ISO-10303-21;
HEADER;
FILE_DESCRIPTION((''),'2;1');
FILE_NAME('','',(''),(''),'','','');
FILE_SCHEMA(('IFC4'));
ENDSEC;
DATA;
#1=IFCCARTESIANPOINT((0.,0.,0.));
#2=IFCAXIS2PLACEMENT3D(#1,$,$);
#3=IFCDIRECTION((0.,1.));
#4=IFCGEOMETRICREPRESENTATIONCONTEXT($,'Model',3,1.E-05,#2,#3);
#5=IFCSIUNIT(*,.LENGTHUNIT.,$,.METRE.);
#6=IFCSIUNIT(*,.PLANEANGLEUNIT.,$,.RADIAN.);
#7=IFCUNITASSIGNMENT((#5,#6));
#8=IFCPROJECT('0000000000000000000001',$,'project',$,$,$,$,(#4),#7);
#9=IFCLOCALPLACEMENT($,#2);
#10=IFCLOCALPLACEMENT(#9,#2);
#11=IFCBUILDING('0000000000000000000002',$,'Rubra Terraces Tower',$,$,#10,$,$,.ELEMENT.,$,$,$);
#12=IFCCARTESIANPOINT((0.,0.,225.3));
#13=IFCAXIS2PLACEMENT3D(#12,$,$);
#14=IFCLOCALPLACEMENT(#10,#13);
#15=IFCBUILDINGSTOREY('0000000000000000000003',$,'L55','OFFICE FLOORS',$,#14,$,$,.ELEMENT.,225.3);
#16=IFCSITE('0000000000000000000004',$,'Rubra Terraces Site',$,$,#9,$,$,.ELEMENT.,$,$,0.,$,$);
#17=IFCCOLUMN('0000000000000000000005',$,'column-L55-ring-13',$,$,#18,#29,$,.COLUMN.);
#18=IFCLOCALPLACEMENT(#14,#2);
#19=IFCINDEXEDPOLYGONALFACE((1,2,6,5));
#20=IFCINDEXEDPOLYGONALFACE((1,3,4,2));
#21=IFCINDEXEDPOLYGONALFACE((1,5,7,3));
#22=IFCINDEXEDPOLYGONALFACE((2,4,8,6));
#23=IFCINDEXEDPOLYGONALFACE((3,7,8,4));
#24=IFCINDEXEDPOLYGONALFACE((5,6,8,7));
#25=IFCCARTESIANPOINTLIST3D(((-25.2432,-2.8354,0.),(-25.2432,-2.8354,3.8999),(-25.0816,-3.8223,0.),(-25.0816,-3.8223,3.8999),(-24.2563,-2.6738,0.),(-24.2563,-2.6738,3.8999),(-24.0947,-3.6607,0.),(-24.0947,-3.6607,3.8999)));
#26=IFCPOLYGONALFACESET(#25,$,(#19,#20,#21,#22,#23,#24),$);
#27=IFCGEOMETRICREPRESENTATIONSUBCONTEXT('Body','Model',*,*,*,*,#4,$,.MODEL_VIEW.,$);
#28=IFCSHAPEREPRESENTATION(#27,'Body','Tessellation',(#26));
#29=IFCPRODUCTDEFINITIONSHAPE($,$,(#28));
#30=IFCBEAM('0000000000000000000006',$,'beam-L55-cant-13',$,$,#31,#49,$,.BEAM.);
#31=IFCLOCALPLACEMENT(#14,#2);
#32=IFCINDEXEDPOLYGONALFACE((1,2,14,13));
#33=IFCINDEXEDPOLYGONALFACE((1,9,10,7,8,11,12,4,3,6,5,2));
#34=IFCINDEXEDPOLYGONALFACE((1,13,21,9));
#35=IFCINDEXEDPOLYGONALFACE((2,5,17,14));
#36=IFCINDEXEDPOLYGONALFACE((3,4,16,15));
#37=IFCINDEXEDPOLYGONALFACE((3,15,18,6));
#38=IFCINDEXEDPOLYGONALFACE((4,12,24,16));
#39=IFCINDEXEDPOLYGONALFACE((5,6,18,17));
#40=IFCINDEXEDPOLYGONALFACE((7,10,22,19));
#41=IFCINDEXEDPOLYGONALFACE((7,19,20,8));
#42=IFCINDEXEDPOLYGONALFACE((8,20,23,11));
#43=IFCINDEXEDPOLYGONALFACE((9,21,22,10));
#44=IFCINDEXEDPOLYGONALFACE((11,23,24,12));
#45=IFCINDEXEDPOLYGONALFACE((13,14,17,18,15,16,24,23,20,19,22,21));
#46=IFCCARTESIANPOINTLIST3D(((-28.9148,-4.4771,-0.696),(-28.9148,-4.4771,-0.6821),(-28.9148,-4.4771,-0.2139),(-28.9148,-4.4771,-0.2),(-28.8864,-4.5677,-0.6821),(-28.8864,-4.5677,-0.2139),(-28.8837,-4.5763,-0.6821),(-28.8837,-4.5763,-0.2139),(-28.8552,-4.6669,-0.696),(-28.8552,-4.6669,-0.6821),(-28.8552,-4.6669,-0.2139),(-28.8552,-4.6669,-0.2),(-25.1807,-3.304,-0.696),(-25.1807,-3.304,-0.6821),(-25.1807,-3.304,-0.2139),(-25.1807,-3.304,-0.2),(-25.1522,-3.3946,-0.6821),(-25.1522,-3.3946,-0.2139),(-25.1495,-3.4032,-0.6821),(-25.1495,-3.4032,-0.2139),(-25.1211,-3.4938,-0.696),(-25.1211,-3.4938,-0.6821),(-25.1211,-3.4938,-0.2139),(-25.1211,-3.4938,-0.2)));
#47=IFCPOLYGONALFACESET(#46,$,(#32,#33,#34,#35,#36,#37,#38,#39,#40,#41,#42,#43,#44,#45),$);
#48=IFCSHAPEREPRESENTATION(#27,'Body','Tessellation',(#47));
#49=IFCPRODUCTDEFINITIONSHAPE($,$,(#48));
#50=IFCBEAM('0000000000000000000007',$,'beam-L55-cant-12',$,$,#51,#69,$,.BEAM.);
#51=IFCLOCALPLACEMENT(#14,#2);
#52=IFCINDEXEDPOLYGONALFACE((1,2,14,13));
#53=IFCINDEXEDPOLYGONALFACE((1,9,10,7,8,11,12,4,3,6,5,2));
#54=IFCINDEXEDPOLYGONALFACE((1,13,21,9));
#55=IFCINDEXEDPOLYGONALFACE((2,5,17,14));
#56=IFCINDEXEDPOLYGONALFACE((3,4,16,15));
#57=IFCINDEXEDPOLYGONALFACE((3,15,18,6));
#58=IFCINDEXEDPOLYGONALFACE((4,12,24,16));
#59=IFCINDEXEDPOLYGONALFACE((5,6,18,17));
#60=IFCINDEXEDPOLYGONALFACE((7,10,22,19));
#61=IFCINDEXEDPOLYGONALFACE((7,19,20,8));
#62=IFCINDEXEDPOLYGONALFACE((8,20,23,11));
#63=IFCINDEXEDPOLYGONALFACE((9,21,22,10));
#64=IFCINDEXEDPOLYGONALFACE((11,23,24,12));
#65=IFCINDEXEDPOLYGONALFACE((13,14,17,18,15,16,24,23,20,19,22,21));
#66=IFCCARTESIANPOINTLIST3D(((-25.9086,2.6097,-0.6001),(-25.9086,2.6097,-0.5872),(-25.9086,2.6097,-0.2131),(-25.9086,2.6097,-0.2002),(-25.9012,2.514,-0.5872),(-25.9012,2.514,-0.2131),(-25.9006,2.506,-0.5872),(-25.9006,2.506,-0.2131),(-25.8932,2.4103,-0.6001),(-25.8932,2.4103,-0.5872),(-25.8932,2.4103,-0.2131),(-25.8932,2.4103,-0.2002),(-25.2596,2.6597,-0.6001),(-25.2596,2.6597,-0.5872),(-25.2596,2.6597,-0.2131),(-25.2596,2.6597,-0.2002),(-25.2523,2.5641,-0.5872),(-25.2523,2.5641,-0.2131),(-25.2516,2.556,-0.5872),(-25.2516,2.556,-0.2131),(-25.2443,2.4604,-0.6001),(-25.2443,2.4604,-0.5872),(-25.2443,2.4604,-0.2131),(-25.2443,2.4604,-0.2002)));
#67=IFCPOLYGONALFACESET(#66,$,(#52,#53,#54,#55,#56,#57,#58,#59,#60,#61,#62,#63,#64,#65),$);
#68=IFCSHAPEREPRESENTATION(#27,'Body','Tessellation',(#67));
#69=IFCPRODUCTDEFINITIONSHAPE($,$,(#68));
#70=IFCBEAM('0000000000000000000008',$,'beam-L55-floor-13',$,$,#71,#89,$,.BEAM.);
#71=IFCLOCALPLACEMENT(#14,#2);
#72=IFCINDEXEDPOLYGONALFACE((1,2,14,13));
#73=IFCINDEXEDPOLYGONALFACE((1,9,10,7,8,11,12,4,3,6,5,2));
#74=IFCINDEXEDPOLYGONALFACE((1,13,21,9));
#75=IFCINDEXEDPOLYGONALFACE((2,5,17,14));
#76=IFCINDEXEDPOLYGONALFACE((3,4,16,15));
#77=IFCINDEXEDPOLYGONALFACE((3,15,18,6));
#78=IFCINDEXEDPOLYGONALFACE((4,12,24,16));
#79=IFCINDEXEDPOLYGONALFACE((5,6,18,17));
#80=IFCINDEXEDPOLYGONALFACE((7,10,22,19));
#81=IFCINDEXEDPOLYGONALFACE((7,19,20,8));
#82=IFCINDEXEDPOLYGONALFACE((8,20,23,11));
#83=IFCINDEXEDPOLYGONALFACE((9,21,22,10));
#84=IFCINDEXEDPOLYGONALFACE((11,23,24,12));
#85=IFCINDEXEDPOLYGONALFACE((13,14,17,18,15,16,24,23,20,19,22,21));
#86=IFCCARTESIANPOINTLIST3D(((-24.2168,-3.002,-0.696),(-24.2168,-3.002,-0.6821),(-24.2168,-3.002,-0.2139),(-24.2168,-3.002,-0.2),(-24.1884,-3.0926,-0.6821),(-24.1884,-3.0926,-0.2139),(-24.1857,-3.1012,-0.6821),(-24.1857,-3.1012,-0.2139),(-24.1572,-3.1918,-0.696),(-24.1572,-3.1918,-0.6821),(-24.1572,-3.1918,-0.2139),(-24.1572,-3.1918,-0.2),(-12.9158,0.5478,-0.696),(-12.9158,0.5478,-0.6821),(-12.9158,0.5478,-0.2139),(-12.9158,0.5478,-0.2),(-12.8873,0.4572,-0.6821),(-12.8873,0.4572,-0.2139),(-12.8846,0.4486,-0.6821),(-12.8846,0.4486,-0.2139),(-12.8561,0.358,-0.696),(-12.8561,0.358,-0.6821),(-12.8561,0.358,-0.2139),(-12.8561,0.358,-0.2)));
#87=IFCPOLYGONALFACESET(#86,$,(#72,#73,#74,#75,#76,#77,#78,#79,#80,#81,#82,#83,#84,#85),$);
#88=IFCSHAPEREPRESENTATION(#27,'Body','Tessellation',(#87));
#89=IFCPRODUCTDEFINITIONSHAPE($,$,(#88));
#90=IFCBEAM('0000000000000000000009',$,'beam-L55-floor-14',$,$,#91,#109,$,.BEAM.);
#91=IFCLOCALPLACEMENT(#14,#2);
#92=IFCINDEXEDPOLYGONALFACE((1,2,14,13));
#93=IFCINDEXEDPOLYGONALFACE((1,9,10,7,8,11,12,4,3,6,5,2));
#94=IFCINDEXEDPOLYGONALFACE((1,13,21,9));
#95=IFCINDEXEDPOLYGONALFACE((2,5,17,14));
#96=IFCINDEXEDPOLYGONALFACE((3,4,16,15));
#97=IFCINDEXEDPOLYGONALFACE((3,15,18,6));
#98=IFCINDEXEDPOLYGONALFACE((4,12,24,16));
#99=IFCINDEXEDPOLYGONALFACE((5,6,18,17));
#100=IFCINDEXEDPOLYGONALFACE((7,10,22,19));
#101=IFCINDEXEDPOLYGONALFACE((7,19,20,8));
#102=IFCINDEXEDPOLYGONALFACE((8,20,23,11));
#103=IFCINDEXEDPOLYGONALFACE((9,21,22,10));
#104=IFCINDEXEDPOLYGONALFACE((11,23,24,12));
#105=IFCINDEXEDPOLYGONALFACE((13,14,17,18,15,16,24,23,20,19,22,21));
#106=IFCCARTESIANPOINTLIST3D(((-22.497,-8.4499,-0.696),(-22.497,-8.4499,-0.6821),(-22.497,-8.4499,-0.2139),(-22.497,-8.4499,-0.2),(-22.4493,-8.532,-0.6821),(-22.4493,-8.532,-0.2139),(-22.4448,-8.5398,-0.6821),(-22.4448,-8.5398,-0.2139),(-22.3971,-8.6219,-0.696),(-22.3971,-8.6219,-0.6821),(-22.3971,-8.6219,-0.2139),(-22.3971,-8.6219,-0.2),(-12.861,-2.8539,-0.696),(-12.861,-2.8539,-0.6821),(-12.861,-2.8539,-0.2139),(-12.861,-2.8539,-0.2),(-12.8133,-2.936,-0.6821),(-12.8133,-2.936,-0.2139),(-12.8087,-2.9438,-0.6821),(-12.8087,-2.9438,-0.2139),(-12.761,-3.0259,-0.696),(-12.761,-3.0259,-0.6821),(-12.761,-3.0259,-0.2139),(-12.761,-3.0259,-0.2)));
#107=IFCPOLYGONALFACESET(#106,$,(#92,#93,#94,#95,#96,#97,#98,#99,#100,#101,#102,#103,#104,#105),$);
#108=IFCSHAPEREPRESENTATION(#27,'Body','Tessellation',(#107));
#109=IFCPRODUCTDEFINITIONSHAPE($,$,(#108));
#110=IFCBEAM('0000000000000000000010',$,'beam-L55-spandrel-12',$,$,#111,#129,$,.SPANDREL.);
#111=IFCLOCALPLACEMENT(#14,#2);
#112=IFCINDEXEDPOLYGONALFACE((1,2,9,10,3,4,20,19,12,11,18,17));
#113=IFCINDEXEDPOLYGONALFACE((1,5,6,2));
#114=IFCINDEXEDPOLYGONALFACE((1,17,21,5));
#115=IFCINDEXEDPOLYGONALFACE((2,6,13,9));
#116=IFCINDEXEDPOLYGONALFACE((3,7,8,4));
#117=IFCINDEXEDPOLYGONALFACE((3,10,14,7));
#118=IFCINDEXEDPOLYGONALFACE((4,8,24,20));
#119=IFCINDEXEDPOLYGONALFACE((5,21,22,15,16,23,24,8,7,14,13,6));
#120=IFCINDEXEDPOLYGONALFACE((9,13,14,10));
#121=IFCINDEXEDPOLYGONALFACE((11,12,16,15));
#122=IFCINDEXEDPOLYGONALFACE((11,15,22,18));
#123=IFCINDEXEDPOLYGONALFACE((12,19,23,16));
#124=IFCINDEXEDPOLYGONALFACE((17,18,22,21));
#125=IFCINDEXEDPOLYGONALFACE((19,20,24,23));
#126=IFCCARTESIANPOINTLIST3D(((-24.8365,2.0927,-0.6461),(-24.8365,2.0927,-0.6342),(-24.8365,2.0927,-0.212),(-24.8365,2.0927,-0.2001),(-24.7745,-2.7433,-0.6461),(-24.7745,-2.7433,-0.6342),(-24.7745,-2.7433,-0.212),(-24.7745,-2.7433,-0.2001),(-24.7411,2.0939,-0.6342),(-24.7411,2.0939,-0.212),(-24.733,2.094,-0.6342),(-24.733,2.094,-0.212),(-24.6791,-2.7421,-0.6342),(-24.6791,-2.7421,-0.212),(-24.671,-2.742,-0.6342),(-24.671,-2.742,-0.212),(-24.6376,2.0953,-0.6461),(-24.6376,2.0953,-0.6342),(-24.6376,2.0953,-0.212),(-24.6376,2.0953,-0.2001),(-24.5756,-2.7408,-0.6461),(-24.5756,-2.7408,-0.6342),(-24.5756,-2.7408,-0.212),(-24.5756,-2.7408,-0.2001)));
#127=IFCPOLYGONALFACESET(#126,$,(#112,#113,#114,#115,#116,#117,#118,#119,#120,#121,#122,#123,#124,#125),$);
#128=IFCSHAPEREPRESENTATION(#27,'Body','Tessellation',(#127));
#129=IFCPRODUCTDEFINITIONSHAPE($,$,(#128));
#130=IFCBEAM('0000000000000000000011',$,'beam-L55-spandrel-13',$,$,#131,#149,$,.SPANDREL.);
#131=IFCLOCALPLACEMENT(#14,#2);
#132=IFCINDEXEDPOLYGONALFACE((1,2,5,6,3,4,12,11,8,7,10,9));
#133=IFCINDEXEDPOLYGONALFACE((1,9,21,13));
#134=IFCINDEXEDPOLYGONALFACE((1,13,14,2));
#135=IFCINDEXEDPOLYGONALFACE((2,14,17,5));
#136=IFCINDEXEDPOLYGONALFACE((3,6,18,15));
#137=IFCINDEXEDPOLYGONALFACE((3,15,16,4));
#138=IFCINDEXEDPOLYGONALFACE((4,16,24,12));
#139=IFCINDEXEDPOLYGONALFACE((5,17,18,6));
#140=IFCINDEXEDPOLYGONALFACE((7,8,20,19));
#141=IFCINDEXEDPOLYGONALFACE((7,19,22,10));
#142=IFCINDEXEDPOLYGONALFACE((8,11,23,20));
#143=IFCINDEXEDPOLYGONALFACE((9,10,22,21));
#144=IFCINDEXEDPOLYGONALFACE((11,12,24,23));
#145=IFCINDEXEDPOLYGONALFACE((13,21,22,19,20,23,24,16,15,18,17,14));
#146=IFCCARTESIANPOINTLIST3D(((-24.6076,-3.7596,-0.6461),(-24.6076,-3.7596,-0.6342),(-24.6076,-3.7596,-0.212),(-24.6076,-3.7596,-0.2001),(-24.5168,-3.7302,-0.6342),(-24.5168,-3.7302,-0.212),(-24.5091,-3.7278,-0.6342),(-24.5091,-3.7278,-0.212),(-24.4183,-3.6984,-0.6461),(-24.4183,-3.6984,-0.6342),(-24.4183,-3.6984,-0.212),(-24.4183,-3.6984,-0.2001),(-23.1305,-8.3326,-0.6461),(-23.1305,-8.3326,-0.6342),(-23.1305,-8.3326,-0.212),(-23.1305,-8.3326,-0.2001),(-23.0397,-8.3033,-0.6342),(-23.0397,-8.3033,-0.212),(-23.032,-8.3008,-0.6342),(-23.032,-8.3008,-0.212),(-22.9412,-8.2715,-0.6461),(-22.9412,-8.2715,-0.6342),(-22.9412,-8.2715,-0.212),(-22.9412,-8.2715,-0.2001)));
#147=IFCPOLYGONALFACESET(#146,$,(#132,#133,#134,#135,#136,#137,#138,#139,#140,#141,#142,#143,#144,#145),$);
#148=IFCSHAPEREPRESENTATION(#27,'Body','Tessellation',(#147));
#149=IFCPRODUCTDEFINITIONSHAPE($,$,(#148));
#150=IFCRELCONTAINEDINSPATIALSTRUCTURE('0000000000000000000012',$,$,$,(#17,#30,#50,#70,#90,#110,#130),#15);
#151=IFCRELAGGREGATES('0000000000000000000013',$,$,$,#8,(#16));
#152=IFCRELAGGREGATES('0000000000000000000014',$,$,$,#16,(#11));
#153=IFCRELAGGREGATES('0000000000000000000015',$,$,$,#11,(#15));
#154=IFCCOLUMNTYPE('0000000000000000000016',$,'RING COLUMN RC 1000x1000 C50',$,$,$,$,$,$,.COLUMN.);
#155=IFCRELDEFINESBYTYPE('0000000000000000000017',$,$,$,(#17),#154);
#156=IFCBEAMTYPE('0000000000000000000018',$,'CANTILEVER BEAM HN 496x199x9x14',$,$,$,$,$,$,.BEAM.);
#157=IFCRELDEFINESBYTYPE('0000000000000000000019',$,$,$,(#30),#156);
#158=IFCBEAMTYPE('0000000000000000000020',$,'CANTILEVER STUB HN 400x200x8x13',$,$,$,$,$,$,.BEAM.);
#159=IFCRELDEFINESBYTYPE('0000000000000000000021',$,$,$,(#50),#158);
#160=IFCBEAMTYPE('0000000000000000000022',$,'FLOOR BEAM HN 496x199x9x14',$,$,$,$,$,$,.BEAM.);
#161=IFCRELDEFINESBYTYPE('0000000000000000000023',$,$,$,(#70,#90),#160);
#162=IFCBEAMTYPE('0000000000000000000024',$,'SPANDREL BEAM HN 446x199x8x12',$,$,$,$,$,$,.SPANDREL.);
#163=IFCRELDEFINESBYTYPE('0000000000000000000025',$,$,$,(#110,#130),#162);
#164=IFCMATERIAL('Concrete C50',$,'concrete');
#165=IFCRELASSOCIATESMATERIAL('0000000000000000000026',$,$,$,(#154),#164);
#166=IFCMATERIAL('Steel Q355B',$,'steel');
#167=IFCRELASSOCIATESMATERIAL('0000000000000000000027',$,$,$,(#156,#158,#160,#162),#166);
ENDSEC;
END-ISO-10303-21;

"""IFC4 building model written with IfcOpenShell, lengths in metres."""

from ifc_helpers import new_model, si_unit, direction, frame, origin, origin_2d, place, context, subcontext, project, spatial, rectangle, i_section, extrude, material, material_profile, profile_set, type_object, element, save


model = new_model("IFC4")

# Units and contexts
model_context = context("Model", 3, precision=1e-05, world=origin(), true_north=direction((0.0, 1.0)))
body_context = subcontext(model_context, "Body", "Model", "MODEL_VIEW")
ifc_project = project(units=[si_unit("LENGTHUNIT", "METRE"), si_unit("PLANEANGLEUNIT", "RADIAN")], contexts=[model_context])

# Site, building, storey
site_placement = place(None, origin())
site = spatial("IfcSite", under=ifc_project, at=site_placement, Name="Rubra Terraces Site", CompositionType="ELEMENT", RefElevation=0.0)
building_placement = place(site_placement, origin())
building = spatial("IfcBuilding", under=site, at=building_placement, Name="Rubra Terraces Tower", CompositionType="ELEMENT")
storey_placement = place(building_placement, frame((0.0, 0.0, 225.3)))
storey = spatial("IfcBuildingStorey", under=building, at=storey_placement, Name="L55", Description="OFFICE FLOORS", CompositionType="ELEMENT", Elevation=225.3)

# Column
ifc_material_1 = material(Name="Concrete C50", Category="concrete")
ifc_material_profile_1 = material_profile(ifc_material_1, rectangle(XDim=1.0, YDim=1.0, at=origin_2d()), Name="RC 1000x1000")
ifc_profile_set_1 = profile_set([ifc_material_profile_1], Name="Concrete C50")
column_type = type_object("IfcColumnType", Name="RING COLUMN RC 1000x1000 C50", PredefinedType="COLUMN", material=ifc_profile_set_1)
column_placement = place(storey_placement, frame((-24.6689, -3.248, 0.0), z_axis=(0.0, 0.0, 1.0), x_axis=(0.161559, -0.986863, 0.0)))
element("IfcColumn", 1, at=column_placement, inside=storey, type_object=column_type, Name="column-L55-ring-13", PredefinedType="COLUMN", context=body_context, shape_type="SweptSolid", body=[
    extrude(rectangle(XDim=1.0, YDim=1.0, at=origin_2d()), origin(), (0.0, 0.0, 1.0), 3.8999),
])

# Beams
ifc_material_2 = material(Name="Steel Q355B", Category="steel")
ifc_material_profile_2 = material_profile(ifc_material_2, i_section(OverallWidth=0.199, OverallDepth=0.4961, WebThickness=0.009, FlangeThickness=0.0139, at=origin_2d()), Name="HN 496x199x9x14")
ifc_profile_set_2 = profile_set([ifc_material_profile_2], Name="Steel Q355B")
beam_type_1 = type_object("IfcBeamType", Name="CANTILEVER BEAM HN 496x199x9x14", PredefinedType="BEAM", material=ifc_profile_set_2)
beam_1_placement = place(storey_placement, frame((-25.1509, -3.3989, -0.448), z_axis=(-0.954029, -0.299713, 0.0), x_axis=(0.299713, -0.954029, 0.0)))
element("IfcBeam", 2, at=beam_1_placement, inside=storey, type_object=beam_type_1, Name="beam-L55-cant-13", PredefinedType="BEAM", context=body_context, shape_type="SweptSolid", body=[
    extrude(i_section(OverallWidth=0.199, OverallDepth=0.4961, WebThickness=0.009, FlangeThickness=0.0139, at=origin_2d()), origin(), (0.0, 0.0, 1.0), 3.9141),
])
ifc_material_profile_3 = material_profile(ifc_material_2, i_section(OverallWidth=0.2, OverallDepth=0.3999, WebThickness=0.0081, FlangeThickness=0.0129, at=origin_2d()), Name="HN 400x200x8x13")
ifc_profile_set_3 = profile_set([ifc_material_profile_3], Name="Steel Q355B")
beam_type_2 = type_object("IfcBeamType", Name="CANTILEVER STUB HN 400x200x8x13", PredefinedType="BEAM", material=ifc_profile_set_3)
beam_2_placement = place(storey_placement, frame((-25.252, 2.5601, -0.4001), z_axis=(-0.997039, -0.076897, 0.0), x_axis=(0.076897, -0.997039, 0.0)))
element("IfcBeam", 3, at=beam_2_placement, inside=storey, type_object=beam_type_2, Name="beam-L55-cant-12", PredefinedType="BEAM", context=body_context, shape_type="SweptSolid", body=[
    extrude(i_section(OverallWidth=0.2, OverallDepth=0.3999, WebThickness=0.0081, FlangeThickness=0.0129, at=origin_2d()), origin(), (0.0, 0.0, 1.0), 0.6509),
])
ifc_material_profile_4 = material_profile(ifc_material_2, i_section(OverallWidth=0.199, OverallDepth=0.4961, WebThickness=0.009, FlangeThickness=0.0139, at=origin_2d()), Name="HN 496x199x9x14")
ifc_profile_set_4 = profile_set([ifc_material_profile_4], Name="Steel Q355B")
beam_type_3 = type_object("IfcBeamType", Name="FLOOR BEAM HN 496x199x9x14", PredefinedType="BEAM", material=ifc_profile_set_4)
beam_3_placement = place(storey_placement, frame((-24.187, -3.0969, -0.448), z_axis=(0.954041, 0.299677, 0.0), x_axis=(-0.299677, 0.954041, 0.0)))
element("IfcBeam", 4, at=beam_3_placement, inside=storey, type_object=beam_type_3, Name="beam-L55-floor-13", PredefinedType="BEAM", context=body_context, shape_type="SweptSolid", body=[
    extrude(i_section(OverallWidth=0.199, OverallDepth=0.4961, WebThickness=0.009, FlangeThickness=0.0139, at=origin_2d()), origin(), (0.0, 0.0, 1.0), 11.8455),
])
beam_4_placement = place(storey_placement, frame((-22.447, -8.5359, -0.448), z_axis=(0.864755, 0.502193, 0.0), x_axis=(-0.502193, 0.864755, 0.0)))
element("IfcBeam", 5, at=beam_4_placement, inside=storey, type_object=beam_type_3, Name="beam-L55-floor-14", PredefinedType="BEAM", context=body_context, shape_type="SweptSolid", body=[
    extrude(i_section(OverallWidth=0.199, OverallDepth=0.4961, WebThickness=0.009, FlangeThickness=0.0139, at=origin_2d()), origin(), (0.0, 0.0, 1.0), 11.1431),
])
ifc_material_profile_5 = material_profile(ifc_material_2, i_section(OverallWidth=0.199, OverallDepth=0.446, WebThickness=0.0081, FlangeThickness=0.012, at=origin_2d()), Name="HN 446x199x8x12")
ifc_profile_set_5 = profile_set([ifc_material_profile_5], Name="Steel Q355B")
beam_type_4 = type_object("IfcBeamType", Name="SPANDREL BEAM HN 446x199x8x12", PredefinedType="SPANDREL", material=ifc_profile_set_5)
beam_5_placement = place(storey_placement, frame((-24.7371, 2.094, -0.4231), z_axis=(0.012822, -0.999918, 0.0), x_axis=(0.999918, 0.012822, 0.0)))
element("IfcBeam", 6, at=beam_5_placement, inside=storey, type_object=beam_type_4, Name="beam-L55-spandrel-12", PredefinedType="SPANDREL", context=body_context, shape_type="SweptSolid", body=[
    extrude(i_section(OverallWidth=0.199, OverallDepth=0.446, WebThickness=0.0081, FlangeThickness=0.012, at=origin_2d()), origin(), (0.0, 0.0, 1.0), 4.8364),
])
beam_6_placement = place(storey_placement, frame((-24.5129, -3.729, -0.4231), z_axis=(0.307359, -0.951594, 0.0), x_axis=(0.951594, 0.307359, 0.0)))
element("IfcBeam", 7, at=beam_6_placement, inside=storey, type_object=beam_type_4, Name="beam-L55-spandrel-13", PredefinedType="SPANDREL", context=body_context, shape_type="SweptSolid", body=[
    extrude(i_section(OverallWidth=0.199, OverallDepth=0.446, WebThickness=0.0081, FlangeThickness=0.012, at=origin_2d()), origin(), (0.0, 0.0, 1.0), 4.8057),
])

save(model, "model.ifc")
